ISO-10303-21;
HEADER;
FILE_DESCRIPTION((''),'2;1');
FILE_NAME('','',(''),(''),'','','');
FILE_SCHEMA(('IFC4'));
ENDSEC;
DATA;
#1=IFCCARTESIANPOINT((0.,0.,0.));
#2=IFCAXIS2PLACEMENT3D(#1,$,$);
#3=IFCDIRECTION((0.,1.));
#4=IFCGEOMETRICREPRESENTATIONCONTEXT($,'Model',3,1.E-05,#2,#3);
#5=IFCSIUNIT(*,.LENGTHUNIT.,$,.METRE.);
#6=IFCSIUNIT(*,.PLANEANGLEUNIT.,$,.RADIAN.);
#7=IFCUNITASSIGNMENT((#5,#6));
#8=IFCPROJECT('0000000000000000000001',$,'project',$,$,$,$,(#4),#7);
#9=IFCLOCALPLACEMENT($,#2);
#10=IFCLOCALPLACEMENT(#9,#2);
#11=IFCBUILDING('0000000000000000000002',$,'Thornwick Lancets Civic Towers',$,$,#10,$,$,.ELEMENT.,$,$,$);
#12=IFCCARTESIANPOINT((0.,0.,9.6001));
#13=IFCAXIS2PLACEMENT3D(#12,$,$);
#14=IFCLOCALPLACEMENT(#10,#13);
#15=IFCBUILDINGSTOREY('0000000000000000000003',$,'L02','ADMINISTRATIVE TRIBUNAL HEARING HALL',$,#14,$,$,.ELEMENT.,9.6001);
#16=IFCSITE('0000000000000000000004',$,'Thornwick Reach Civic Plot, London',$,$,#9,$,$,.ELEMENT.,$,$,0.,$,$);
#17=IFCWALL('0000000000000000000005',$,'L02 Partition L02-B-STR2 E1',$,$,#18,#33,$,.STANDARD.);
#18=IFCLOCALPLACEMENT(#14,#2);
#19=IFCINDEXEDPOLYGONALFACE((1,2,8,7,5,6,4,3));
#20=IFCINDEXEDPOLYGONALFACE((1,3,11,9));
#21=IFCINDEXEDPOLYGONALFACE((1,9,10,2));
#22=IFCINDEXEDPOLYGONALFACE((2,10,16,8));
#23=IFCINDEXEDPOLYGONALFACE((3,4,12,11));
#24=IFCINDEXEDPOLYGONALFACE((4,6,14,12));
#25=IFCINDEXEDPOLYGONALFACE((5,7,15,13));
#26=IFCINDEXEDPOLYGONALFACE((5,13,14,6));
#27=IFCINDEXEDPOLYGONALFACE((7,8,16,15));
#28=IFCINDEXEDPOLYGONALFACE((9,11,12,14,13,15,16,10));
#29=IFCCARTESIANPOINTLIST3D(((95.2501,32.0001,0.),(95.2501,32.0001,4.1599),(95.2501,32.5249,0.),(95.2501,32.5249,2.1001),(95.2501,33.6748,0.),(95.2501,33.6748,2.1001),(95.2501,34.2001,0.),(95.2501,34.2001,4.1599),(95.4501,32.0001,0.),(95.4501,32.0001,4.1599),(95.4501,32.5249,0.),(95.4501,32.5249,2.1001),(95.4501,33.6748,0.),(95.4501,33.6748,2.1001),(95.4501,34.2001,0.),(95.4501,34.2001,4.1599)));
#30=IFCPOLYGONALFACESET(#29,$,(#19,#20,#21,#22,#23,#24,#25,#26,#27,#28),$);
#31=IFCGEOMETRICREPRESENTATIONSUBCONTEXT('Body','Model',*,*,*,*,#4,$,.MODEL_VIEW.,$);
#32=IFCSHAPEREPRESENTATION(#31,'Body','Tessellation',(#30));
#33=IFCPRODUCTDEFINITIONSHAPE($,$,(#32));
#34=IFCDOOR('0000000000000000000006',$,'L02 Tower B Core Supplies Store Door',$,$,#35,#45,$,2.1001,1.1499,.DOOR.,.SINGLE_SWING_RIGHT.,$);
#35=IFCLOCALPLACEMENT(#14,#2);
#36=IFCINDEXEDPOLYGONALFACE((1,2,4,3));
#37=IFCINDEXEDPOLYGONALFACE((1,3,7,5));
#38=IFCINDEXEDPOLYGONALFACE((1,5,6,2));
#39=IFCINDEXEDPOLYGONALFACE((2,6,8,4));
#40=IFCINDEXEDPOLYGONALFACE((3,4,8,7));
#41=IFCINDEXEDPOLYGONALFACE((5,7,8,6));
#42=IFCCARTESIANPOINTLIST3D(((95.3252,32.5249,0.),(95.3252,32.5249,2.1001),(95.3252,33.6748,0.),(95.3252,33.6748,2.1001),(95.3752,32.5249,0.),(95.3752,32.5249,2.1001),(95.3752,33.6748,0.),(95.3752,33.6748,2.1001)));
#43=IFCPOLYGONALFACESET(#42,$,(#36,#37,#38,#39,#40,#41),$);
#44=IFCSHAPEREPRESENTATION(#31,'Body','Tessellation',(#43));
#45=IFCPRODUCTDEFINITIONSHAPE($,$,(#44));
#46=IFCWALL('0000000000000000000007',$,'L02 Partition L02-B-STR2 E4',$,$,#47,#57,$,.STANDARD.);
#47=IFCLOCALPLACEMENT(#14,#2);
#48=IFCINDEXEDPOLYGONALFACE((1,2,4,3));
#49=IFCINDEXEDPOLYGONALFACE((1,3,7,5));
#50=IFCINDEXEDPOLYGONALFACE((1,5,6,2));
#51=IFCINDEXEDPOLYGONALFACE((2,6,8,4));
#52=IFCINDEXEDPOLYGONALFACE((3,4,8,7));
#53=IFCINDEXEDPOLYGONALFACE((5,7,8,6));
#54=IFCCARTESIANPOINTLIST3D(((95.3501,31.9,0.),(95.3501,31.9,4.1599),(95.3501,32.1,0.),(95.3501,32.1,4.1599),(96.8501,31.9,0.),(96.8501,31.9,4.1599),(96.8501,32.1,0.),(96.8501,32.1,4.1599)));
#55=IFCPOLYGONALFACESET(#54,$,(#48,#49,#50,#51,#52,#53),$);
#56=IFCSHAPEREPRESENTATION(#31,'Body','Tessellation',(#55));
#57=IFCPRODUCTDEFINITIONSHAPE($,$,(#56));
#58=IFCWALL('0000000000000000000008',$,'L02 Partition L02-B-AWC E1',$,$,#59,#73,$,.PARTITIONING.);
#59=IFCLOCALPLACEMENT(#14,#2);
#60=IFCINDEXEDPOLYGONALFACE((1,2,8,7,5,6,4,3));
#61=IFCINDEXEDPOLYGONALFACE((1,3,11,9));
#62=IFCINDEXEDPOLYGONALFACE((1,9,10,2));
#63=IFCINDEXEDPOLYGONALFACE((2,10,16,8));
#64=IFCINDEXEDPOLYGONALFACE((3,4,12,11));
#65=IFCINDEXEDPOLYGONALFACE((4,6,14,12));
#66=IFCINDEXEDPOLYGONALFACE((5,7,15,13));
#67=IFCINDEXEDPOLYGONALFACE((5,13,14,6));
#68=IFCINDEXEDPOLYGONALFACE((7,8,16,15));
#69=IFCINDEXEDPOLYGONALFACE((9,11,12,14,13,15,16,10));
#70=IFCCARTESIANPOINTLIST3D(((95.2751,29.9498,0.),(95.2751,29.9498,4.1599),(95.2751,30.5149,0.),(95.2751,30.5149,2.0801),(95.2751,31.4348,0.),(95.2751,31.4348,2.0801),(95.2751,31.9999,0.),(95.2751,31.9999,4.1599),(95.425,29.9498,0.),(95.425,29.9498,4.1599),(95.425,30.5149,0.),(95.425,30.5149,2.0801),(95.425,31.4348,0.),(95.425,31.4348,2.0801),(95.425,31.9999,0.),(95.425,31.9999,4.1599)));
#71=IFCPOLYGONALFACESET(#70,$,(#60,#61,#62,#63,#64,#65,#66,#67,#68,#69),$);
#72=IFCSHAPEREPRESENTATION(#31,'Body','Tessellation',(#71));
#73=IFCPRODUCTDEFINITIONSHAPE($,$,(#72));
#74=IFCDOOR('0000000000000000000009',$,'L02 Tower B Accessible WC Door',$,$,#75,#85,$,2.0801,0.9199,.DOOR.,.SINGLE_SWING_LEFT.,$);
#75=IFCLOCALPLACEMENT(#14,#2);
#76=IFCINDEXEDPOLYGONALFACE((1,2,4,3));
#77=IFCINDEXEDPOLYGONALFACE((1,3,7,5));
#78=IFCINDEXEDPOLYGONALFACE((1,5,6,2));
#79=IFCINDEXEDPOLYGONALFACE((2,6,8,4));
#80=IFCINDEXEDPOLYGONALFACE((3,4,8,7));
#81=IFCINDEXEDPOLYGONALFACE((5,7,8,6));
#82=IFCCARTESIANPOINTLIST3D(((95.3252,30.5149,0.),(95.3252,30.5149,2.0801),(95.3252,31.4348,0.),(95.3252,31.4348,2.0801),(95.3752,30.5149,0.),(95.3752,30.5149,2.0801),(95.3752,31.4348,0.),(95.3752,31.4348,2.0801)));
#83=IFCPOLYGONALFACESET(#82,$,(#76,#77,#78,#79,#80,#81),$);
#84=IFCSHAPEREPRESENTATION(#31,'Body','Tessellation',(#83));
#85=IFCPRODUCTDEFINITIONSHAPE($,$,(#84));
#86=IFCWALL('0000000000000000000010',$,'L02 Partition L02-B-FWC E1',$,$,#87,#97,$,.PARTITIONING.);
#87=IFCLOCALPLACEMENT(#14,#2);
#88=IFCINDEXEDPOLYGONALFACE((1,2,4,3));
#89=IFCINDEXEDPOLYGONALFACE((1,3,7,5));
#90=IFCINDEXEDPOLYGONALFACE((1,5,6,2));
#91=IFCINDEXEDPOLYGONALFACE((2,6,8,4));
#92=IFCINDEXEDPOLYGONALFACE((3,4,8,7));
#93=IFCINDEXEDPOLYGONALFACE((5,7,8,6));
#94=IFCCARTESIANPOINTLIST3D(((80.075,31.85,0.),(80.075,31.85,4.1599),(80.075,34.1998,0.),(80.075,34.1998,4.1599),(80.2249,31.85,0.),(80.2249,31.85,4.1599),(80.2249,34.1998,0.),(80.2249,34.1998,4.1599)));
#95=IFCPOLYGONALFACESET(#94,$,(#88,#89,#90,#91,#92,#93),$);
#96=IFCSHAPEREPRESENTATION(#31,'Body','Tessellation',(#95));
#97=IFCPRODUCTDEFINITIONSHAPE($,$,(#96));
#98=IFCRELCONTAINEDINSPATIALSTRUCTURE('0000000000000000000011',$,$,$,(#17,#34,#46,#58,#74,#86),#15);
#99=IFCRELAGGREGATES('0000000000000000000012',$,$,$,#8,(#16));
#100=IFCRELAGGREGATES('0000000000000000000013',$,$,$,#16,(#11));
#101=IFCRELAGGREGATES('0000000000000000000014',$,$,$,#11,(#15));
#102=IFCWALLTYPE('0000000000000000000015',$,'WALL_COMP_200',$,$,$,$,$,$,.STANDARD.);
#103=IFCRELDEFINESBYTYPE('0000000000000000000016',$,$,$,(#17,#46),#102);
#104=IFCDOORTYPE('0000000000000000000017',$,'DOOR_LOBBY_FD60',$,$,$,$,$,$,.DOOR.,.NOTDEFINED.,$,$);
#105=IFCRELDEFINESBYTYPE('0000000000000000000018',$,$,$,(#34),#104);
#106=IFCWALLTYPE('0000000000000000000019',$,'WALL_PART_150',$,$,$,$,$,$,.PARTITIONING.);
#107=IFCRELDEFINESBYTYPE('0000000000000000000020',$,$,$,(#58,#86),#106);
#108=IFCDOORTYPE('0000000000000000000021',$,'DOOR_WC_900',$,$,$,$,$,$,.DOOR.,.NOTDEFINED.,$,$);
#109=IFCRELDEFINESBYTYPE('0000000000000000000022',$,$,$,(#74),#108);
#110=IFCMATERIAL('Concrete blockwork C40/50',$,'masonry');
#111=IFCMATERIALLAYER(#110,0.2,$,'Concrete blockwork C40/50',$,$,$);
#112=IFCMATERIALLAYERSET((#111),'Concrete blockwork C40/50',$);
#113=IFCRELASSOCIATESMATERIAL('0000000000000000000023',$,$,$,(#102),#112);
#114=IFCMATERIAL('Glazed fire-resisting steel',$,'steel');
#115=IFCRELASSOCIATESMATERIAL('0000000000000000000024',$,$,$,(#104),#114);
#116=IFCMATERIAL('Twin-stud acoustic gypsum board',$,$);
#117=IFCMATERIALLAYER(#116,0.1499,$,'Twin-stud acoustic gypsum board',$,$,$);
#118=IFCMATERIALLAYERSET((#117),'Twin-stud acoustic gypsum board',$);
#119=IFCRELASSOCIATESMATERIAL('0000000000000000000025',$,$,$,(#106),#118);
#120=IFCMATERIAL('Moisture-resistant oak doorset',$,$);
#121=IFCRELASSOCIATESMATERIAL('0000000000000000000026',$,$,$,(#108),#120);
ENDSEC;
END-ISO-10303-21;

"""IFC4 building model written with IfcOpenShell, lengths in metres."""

from ifc_helpers import new_model, si_unit, direction, frame, frame_2d, origin, place, context, subcontext, project, spatial, rectangle, extrude, material, layer, layer_set, type_object, element, fill, save


model = new_model("IFC4")

# Units and contexts
model_context = context("Model", 3, precision=1e-05, world=origin(), true_north=direction((0.0, 1.0)))
body_context = subcontext(model_context, "Body", "Model", "MODEL_VIEW")
ifc_project = project(units=[si_unit("LENGTHUNIT", "METRE"), si_unit("PLANEANGLEUNIT", "RADIAN")], contexts=[model_context])

# Site, building, storey
site_placement = place(None, origin())
site = spatial("IfcSite", under=ifc_project, at=site_placement, Name="Thornwick Reach Civic Plot, London", CompositionType="ELEMENT", RefElevation=0.0)
building_placement = place(site_placement, origin())
building = spatial("IfcBuilding", under=site, at=building_placement, Name="Thornwick Lancets Civic Towers", CompositionType="ELEMENT")
storey_placement = place(building_placement, frame((0.0, 0.0, 9.6001)))
storey = spatial("IfcBuildingStorey", under=building, at=storey_placement, Name="L02", Description="ADMINISTRATIVE TRIBUNAL HEARING HALL", CompositionType="ELEMENT", Elevation=9.6001)

# Shared definitions
ifc_material_1 = material(Name="Concrete blockwork C40/50", Category="masonry")
ifc_layer_1 = layer(ifc_material_1, 0.2, Name="Concrete blockwork C40/50")
ifc_layer_set_1 = layer_set([ifc_layer_1], Name="Concrete blockwork C40/50")
wall_type_1 = type_object("IfcWallType", Name="WALL_COMP_200", PredefinedType="STANDARD", material=ifc_layer_set_1)

# Wall, opening, door
wall_1_placement = place(storey_placement, frame((95.3501, 32.0, 0.0), z_axis=(0.0, 0.0, 1.0), x_axis=(0.0, 1.0, 0.0)))
wall_1 = element("IfcWall", 1, at=wall_1_placement, inside=storey, type_object=wall_type_1, Name="L02 Partition L02-B-STR2 E1", PredefinedType="STANDARD", context=body_context, shape_type="SweptSolid", body=[
    extrude(rectangle(XDim=2.2, YDim=0.2, at=frame_2d((1.1001, 0.0))), origin(), (0.0, 0.0, 1.0), 4.1599),
])
opening_1_placement = place(wall_1_placement, frame((0.5249, 0.0, 0.0)))
opening_1 = element("IfcOpeningElement", 2, at=opening_1_placement, cuts=wall_1, PredefinedType="OPENING", context=body_context, shape_type="SweptSolid", body=[
    extrude(rectangle(XDim=1.1499, YDim=2.1001, at=frame_2d((0.575, 1.05))), frame((0.0, 0.1099, 0.0), z_axis=(0.0, -1.0, 0.0), x_axis=(1.0, 0.0, 0.0)), (0.0, 0.0, 1.0), 0.22),
])
ifc_material_2 = material(Name="Glazed fire-resisting steel", Category="steel")
door_type_1 = type_object("IfcDoorType", Name="DOOR_LOBBY_FD60", OperationType="NOTDEFINED", PredefinedType="DOOR", material=ifc_material_2)
door_1_placement = place(opening_1_placement, origin())
door_1 = element("IfcDoor", 3, at=door_1_placement, inside=storey, type_object=door_type_1, Name="L02 Tower B Core Supplies Store Door", OperationType="SINGLE_SWING_RIGHT", OverallHeight=2.1001, OverallWidth=1.1499, PredefinedType="DOOR", context=body_context, shape_type="SweptSolid", body=[
    extrude(rectangle(XDim=1.1499, YDim=2.1001, at=frame_2d((0.575, 1.05))), frame((0.0, 0.0249, 0.0), z_axis=(0.0, -1.0, 0.0), x_axis=(1.0, 0.0, 0.0)), (0.0, 0.0, 1.0), 0.05),
])
fill(opening_1, door_1)

# Wall
wall_2_placement = place(storey_placement, frame((96.8501, 32.0, 0.0), z_axis=(0.0, 0.0, 1.0), x_axis=(-1.0, 0.0, 0.0)))
element("IfcWall", 4, at=wall_2_placement, inside=storey, type_object=wall_type_1, Name="L02 Partition L02-B-STR2 E4", PredefinedType="STANDARD", context=body_context, shape_type="SweptSolid", body=[
    extrude(rectangle(XDim=1.5, YDim=0.2, at=frame_2d((0.75, 0.0))), origin(), (0.0, 0.0, 1.0), 4.1599),
])

# Wall, opening, door
ifc_material_3 = material(Name="Twin-stud acoustic gypsum board")
ifc_layer_2 = layer(ifc_material_3, 0.1499, Name="Twin-stud acoustic gypsum board")
ifc_layer_set_2 = layer_set([ifc_layer_2], Name="Twin-stud acoustic gypsum board")
wall_type_2 = type_object("IfcWallType", Name="WALL_PART_150", PredefinedType="PARTITIONING", material=ifc_layer_set_2)
wall_3_placement = place(storey_placement, frame((95.3501, 29.95, 0.0), z_axis=(0.0, 0.0, 1.0), x_axis=(0.0, 1.0, 0.0)))
wall_3 = element("IfcWall", 5, at=wall_3_placement, inside=storey, type_object=wall_type_2, Name="L02 Partition L02-B-AWC E1", PredefinedType="PARTITIONING", context=body_context, shape_type="SweptSolid", body=[
    extrude(rectangle(XDim=2.05, YDim=0.1499, at=frame_2d((1.0249, 0.0))), origin(), (0.0, 0.0, 1.0), 4.1599),
])
opening_2_placement = place(wall_3_placement, frame((0.5649, 0.0, 0.0)))
opening_2 = element("IfcOpeningElement", 6, at=opening_2_placement, cuts=wall_3, PredefinedType="OPENING", context=body_context, shape_type="SweptSolid", body=[
    extrude(rectangle(XDim=0.9199, YDim=2.0801, at=frame_2d((0.46, 1.04))), frame((0.0, 0.085, 0.0), z_axis=(0.0, -1.0, 0.0), x_axis=(1.0, 0.0, 0.0)), (0.0, 0.0, 1.0), 0.1699),
])
ifc_material_4 = material(Name="Moisture-resistant oak doorset")
door_type_2 = type_object("IfcDoorType", Name="DOOR_WC_900", OperationType="NOTDEFINED", PredefinedType="DOOR", material=ifc_material_4)
door_2_placement = place(opening_2_placement, origin())
door_2 = element("IfcDoor", 7, at=door_2_placement, inside=storey, type_object=door_type_2, Name="L02 Tower B Accessible WC Door", OperationType="SINGLE_SWING_LEFT", OverallHeight=2.0801, OverallWidth=0.9199, PredefinedType="DOOR", context=body_context, shape_type="SweptSolid", body=[
    extrude(rectangle(XDim=0.9199, YDim=2.0801, at=frame_2d((0.46, 1.04))), frame((0.0, 0.0249, 0.0), z_axis=(0.0, -1.0, 0.0), x_axis=(1.0, 0.0, 0.0)), (0.0, 0.0, 1.0), 0.05),
])
fill(opening_2, door_2)

# Wall
wall_4_placement = place(storey_placement, frame((80.1499, 31.8501, 0.0), z_axis=(0.0, 0.0, 1.0), x_axis=(0.0, 1.0, 0.0)))
element("IfcWall", 8, at=wall_4_placement, inside=storey, type_object=wall_type_2, Name="L02 Partition L02-B-FWC E1", PredefinedType="PARTITIONING", context=body_context, shape_type="SweptSolid", body=[
    extrude(rectangle(XDim=2.3499, YDim=0.1499, at=frame_2d((1.1748, 0.0))), origin(), (0.0, 0.0, 1.0), 4.1599),
])

save(model, "model.ifc")
